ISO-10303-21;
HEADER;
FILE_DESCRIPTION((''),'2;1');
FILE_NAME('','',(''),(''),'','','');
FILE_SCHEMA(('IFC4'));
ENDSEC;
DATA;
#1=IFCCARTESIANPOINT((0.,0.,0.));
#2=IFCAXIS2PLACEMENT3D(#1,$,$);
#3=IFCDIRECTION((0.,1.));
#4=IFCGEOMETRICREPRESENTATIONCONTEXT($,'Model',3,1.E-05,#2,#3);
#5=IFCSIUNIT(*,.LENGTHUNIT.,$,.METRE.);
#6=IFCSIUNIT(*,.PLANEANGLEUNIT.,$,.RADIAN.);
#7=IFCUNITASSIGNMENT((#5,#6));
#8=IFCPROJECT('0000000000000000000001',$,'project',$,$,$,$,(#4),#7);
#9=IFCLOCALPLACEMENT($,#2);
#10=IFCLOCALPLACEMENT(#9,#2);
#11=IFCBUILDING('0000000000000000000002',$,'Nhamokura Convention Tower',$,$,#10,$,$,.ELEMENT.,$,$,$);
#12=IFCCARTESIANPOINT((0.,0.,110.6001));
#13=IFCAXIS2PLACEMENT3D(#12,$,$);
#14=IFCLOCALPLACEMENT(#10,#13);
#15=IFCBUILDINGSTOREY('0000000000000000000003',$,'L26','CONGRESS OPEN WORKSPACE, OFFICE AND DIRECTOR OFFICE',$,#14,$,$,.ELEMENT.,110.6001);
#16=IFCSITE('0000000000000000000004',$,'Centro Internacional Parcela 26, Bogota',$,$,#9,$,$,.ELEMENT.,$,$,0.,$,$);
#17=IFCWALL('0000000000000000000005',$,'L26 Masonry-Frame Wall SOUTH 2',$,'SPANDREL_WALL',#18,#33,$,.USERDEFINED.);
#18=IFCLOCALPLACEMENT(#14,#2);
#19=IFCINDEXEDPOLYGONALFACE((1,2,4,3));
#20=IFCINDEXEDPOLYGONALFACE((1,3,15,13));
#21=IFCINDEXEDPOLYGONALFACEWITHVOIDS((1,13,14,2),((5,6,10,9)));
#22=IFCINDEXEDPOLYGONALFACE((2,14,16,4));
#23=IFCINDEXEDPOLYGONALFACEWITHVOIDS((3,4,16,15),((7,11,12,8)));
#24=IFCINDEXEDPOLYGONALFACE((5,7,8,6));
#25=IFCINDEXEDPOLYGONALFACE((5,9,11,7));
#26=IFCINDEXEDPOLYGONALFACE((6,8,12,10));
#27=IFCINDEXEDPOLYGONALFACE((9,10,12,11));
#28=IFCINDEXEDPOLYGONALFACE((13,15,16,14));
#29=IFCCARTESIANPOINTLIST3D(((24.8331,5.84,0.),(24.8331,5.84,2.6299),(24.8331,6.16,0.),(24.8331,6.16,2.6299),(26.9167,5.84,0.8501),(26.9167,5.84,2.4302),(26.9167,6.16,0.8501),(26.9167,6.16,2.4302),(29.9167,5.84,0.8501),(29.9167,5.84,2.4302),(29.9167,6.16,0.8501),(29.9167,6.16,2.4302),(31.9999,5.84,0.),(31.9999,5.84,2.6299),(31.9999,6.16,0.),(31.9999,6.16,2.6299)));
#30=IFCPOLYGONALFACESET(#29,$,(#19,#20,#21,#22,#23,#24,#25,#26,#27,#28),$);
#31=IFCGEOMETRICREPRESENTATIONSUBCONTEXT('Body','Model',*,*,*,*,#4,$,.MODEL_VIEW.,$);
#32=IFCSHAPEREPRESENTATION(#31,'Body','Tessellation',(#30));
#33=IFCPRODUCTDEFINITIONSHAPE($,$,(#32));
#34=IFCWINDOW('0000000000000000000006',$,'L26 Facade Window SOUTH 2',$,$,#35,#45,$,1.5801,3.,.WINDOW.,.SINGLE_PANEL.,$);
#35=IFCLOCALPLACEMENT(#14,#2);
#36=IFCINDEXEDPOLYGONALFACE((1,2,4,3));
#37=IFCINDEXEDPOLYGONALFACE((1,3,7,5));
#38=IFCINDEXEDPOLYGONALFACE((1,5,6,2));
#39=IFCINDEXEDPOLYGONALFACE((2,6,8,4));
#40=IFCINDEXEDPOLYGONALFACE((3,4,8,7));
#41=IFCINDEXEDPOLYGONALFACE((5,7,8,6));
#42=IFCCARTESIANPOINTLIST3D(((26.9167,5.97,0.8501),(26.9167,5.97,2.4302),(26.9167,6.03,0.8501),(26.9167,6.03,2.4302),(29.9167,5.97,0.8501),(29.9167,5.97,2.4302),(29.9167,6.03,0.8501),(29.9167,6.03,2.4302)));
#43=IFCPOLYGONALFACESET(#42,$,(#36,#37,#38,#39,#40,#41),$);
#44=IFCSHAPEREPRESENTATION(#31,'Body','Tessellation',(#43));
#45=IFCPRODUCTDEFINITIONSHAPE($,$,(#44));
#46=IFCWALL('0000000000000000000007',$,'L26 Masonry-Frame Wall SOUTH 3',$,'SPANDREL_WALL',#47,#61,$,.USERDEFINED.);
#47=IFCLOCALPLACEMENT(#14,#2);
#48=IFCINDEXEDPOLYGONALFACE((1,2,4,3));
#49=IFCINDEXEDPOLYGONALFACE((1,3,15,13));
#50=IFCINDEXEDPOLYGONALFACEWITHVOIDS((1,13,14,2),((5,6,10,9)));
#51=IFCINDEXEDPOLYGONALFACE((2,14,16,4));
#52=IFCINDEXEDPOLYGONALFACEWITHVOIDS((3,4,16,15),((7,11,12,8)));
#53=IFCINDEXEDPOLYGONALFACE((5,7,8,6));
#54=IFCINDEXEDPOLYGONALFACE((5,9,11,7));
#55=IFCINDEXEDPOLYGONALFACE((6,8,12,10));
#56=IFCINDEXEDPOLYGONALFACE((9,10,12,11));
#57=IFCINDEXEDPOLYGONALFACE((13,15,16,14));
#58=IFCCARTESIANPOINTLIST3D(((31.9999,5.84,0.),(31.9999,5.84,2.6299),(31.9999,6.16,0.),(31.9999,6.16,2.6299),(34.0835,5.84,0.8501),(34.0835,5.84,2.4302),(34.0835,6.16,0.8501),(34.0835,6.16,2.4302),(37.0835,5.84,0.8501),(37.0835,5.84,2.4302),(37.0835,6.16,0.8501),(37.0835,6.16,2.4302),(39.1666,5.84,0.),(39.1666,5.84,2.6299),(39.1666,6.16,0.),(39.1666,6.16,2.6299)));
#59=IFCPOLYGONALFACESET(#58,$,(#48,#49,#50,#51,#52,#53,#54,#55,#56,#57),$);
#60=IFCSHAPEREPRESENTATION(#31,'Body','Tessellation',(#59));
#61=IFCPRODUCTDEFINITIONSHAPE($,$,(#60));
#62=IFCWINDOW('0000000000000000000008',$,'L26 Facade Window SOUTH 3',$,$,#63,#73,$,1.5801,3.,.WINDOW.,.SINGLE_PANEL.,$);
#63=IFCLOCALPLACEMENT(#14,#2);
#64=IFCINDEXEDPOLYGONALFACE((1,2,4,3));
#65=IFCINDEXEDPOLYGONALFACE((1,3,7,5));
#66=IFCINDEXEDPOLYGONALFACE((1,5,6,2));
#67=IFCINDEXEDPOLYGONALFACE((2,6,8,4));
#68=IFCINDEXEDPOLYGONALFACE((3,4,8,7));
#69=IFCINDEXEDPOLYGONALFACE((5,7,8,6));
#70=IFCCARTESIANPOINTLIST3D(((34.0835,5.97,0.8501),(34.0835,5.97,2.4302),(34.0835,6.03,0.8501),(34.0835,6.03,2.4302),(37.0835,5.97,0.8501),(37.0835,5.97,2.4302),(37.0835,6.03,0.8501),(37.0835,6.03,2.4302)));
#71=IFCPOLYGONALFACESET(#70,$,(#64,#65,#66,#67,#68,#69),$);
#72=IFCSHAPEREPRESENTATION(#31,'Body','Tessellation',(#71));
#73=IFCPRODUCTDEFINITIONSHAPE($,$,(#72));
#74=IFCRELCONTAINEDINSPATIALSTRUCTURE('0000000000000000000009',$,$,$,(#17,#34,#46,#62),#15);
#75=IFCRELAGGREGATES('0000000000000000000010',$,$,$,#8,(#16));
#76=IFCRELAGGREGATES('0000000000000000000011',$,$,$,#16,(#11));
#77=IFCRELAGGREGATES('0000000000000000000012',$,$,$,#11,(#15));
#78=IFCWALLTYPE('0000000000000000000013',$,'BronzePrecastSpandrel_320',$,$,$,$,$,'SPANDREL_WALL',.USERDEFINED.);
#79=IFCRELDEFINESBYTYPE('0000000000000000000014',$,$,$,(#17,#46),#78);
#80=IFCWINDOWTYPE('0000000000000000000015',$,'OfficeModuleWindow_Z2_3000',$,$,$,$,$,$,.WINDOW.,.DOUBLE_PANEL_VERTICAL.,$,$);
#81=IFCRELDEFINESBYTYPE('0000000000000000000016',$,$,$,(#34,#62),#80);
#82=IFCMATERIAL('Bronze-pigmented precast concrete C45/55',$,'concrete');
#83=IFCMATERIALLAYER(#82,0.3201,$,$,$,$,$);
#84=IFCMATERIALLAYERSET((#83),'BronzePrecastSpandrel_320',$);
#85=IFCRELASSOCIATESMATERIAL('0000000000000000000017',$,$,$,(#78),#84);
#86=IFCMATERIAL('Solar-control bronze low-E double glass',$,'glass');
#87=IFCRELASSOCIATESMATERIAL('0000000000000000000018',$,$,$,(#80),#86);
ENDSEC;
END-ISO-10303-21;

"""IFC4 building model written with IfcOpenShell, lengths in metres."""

from ifc_helpers import new_model, si_unit, direction, frame, frame_2d, origin, place, context, subcontext, project, spatial, rectangle, extrude, material, layer, layer_set, type_object, element, fill, save


model = new_model("IFC4")

# Units and contexts
model_context = context("Model", 3, precision=1e-05, world=origin(), true_north=direction((0.0, 1.0)))
body_context = subcontext(model_context, "Body", "Model", "MODEL_VIEW")
ifc_project = project(units=[si_unit("LENGTHUNIT", "METRE"), si_unit("PLANEANGLEUNIT", "RADIAN")], contexts=[model_context])

# Site, building, storey
site_placement = place(None, origin())
site = spatial("IfcSite", under=ifc_project, at=site_placement, Name="Centro Internacional Parcela 26, Bogota", CompositionType="ELEMENT", RefElevation=0.0)
building_placement = place(site_placement, origin())
building = spatial("IfcBuilding", under=site, at=building_placement, Name="Nhamokura Convention Tower", CompositionType="ELEMENT")
storey_placement = place(building_placement, frame((0.0, 0.0, 110.6001)))
storey = spatial("IfcBuildingStorey", under=building, at=storey_placement, Name="L26", Description="CONGRESS OPEN WORKSPACE, OFFICE AND DIRECTOR OFFICE", CompositionType="ELEMENT", Elevation=110.6001)

# Walls, openings, windows
ifc_material_1 = material(Name="Bronze-pigmented precast concrete C45/55", Category="concrete")
ifc_layer_1 = layer(ifc_material_1, 0.3201)
ifc_layer_set_1 = layer_set([ifc_layer_1], Name="BronzePrecastSpandrel_320")
wall_type_1 = type_object("IfcWallType", Name="BronzePrecastSpandrel_320", ElementType="SPANDREL_WALL", PredefinedType="USERDEFINED", material=ifc_layer_set_1)
wall_1_placement = place(storey_placement, frame((32.0, 6.0, 0.0), z_axis=(0.0, 0.0, 1.0), x_axis=(-1.0, 0.0, 0.0)))
wall_1 = element("IfcWall", 1, at=wall_1_placement, inside=storey, type_object=wall_type_1, Name="L26 Masonry-Frame Wall SOUTH 2", ObjectType="SPANDREL_WALL", PredefinedType="USERDEFINED", context=body_context, shape_type="SweptSolid", body=[
    extrude(rectangle(XDim=7.1667, YDim=0.3201, at=frame_2d((3.5835, 0.0))), origin(), (0.0, 0.0, 1.0), 2.6299),
])
opening_1_placement = place(wall_1_placement, frame((2.0833, 0.0, 0.8501)))
opening_1 = element("IfcOpeningElement", 2, at=opening_1_placement, cuts=wall_1, PredefinedType="OPENING", context=body_context, shape_type="SweptSolid", body=[
    extrude(rectangle(XDim=3.0, YDim=1.5801, at=frame_2d((1.5, 0.79))), frame((0.0, 0.1699, 0.0), z_axis=(0.0, -1.0, 0.0), x_axis=(1.0, 0.0, 0.0)), (0.0, 0.0, 1.0), 0.3401),
])
ifc_material_2 = material(Name="Solar-control bronze low-E double glass", Category="glass")
window_type = type_object("IfcWindowType", Name="OfficeModuleWindow_Z2_3000", PartitioningType="DOUBLE_PANEL_VERTICAL", PredefinedType="WINDOW", material=ifc_material_2)
window_1_placement = place(opening_1_placement, origin())
window_1 = element("IfcWindow", 3, at=window_1_placement, inside=storey, type_object=window_type, Name="L26 Facade Window SOUTH 2", OverallHeight=1.5801, OverallWidth=3.0, PartitioningType="SINGLE_PANEL", PredefinedType="WINDOW", context=body_context, shape_type="SweptSolid", body=[
    extrude(rectangle(XDim=3.0, YDim=1.5801, at=frame_2d((1.5, 0.79))), frame((0.0, 0.03, 0.0), z_axis=(0.0, -1.0, 0.0), x_axis=(1.0, 0.0, 0.0)), (0.0, 0.0, 1.0), 0.0601),
])
fill(opening_1, window_1)
wall_2_placement = place(storey_placement, frame((39.1667, 6.0, 0.0), z_axis=(0.0, 0.0, 1.0), x_axis=(-1.0, 0.0, 0.0)))
wall_2 = element("IfcWall", 4, at=wall_2_placement, inside=storey, type_object=wall_type_1, Name="L26 Masonry-Frame Wall SOUTH 3", ObjectType="SPANDREL_WALL", PredefinedType="USERDEFINED", context=body_context, shape_type="SweptSolid", body=[
    extrude(rectangle(XDim=7.1667, YDim=0.3201, at=frame_2d((3.5835, 0.0))), origin(), (0.0, 0.0, 1.0), 2.6299),
])
opening_2_placement = place(wall_2_placement, frame((2.0833, 0.0, 0.8501)))
opening_2 = element("IfcOpeningElement", 5, at=opening_2_placement, cuts=wall_2, PredefinedType="OPENING", context=body_context, shape_type="SweptSolid", body=[
    extrude(rectangle(XDim=3.0, YDim=1.5801, at=frame_2d((1.5, 0.79))), frame((0.0, 0.1699, 0.0), z_axis=(0.0, -1.0, 0.0), x_axis=(1.0, 0.0, 0.0)), (0.0, 0.0, 1.0), 0.3401),
])
window_2_placement = place(opening_2_placement, origin())
window_2 = element("IfcWindow", 6, at=window_2_placement, inside=storey, type_object=window_type, Name="L26 Facade Window SOUTH 3", OverallHeight=1.5801, OverallWidth=3.0, PartitioningType="SINGLE_PANEL", PredefinedType="WINDOW", context=body_context, shape_type="SweptSolid", body=[
    extrude(rectangle(XDim=3.0, YDim=1.5801, at=frame_2d((1.5, 0.79))), frame((0.0, 0.03, 0.0), z_axis=(0.0, -1.0, 0.0), x_axis=(1.0, 0.0, 0.0)), (0.0, 0.0, 1.0), 0.0601),
])
fill(opening_2, window_2)

save(model, "model.ifc")
